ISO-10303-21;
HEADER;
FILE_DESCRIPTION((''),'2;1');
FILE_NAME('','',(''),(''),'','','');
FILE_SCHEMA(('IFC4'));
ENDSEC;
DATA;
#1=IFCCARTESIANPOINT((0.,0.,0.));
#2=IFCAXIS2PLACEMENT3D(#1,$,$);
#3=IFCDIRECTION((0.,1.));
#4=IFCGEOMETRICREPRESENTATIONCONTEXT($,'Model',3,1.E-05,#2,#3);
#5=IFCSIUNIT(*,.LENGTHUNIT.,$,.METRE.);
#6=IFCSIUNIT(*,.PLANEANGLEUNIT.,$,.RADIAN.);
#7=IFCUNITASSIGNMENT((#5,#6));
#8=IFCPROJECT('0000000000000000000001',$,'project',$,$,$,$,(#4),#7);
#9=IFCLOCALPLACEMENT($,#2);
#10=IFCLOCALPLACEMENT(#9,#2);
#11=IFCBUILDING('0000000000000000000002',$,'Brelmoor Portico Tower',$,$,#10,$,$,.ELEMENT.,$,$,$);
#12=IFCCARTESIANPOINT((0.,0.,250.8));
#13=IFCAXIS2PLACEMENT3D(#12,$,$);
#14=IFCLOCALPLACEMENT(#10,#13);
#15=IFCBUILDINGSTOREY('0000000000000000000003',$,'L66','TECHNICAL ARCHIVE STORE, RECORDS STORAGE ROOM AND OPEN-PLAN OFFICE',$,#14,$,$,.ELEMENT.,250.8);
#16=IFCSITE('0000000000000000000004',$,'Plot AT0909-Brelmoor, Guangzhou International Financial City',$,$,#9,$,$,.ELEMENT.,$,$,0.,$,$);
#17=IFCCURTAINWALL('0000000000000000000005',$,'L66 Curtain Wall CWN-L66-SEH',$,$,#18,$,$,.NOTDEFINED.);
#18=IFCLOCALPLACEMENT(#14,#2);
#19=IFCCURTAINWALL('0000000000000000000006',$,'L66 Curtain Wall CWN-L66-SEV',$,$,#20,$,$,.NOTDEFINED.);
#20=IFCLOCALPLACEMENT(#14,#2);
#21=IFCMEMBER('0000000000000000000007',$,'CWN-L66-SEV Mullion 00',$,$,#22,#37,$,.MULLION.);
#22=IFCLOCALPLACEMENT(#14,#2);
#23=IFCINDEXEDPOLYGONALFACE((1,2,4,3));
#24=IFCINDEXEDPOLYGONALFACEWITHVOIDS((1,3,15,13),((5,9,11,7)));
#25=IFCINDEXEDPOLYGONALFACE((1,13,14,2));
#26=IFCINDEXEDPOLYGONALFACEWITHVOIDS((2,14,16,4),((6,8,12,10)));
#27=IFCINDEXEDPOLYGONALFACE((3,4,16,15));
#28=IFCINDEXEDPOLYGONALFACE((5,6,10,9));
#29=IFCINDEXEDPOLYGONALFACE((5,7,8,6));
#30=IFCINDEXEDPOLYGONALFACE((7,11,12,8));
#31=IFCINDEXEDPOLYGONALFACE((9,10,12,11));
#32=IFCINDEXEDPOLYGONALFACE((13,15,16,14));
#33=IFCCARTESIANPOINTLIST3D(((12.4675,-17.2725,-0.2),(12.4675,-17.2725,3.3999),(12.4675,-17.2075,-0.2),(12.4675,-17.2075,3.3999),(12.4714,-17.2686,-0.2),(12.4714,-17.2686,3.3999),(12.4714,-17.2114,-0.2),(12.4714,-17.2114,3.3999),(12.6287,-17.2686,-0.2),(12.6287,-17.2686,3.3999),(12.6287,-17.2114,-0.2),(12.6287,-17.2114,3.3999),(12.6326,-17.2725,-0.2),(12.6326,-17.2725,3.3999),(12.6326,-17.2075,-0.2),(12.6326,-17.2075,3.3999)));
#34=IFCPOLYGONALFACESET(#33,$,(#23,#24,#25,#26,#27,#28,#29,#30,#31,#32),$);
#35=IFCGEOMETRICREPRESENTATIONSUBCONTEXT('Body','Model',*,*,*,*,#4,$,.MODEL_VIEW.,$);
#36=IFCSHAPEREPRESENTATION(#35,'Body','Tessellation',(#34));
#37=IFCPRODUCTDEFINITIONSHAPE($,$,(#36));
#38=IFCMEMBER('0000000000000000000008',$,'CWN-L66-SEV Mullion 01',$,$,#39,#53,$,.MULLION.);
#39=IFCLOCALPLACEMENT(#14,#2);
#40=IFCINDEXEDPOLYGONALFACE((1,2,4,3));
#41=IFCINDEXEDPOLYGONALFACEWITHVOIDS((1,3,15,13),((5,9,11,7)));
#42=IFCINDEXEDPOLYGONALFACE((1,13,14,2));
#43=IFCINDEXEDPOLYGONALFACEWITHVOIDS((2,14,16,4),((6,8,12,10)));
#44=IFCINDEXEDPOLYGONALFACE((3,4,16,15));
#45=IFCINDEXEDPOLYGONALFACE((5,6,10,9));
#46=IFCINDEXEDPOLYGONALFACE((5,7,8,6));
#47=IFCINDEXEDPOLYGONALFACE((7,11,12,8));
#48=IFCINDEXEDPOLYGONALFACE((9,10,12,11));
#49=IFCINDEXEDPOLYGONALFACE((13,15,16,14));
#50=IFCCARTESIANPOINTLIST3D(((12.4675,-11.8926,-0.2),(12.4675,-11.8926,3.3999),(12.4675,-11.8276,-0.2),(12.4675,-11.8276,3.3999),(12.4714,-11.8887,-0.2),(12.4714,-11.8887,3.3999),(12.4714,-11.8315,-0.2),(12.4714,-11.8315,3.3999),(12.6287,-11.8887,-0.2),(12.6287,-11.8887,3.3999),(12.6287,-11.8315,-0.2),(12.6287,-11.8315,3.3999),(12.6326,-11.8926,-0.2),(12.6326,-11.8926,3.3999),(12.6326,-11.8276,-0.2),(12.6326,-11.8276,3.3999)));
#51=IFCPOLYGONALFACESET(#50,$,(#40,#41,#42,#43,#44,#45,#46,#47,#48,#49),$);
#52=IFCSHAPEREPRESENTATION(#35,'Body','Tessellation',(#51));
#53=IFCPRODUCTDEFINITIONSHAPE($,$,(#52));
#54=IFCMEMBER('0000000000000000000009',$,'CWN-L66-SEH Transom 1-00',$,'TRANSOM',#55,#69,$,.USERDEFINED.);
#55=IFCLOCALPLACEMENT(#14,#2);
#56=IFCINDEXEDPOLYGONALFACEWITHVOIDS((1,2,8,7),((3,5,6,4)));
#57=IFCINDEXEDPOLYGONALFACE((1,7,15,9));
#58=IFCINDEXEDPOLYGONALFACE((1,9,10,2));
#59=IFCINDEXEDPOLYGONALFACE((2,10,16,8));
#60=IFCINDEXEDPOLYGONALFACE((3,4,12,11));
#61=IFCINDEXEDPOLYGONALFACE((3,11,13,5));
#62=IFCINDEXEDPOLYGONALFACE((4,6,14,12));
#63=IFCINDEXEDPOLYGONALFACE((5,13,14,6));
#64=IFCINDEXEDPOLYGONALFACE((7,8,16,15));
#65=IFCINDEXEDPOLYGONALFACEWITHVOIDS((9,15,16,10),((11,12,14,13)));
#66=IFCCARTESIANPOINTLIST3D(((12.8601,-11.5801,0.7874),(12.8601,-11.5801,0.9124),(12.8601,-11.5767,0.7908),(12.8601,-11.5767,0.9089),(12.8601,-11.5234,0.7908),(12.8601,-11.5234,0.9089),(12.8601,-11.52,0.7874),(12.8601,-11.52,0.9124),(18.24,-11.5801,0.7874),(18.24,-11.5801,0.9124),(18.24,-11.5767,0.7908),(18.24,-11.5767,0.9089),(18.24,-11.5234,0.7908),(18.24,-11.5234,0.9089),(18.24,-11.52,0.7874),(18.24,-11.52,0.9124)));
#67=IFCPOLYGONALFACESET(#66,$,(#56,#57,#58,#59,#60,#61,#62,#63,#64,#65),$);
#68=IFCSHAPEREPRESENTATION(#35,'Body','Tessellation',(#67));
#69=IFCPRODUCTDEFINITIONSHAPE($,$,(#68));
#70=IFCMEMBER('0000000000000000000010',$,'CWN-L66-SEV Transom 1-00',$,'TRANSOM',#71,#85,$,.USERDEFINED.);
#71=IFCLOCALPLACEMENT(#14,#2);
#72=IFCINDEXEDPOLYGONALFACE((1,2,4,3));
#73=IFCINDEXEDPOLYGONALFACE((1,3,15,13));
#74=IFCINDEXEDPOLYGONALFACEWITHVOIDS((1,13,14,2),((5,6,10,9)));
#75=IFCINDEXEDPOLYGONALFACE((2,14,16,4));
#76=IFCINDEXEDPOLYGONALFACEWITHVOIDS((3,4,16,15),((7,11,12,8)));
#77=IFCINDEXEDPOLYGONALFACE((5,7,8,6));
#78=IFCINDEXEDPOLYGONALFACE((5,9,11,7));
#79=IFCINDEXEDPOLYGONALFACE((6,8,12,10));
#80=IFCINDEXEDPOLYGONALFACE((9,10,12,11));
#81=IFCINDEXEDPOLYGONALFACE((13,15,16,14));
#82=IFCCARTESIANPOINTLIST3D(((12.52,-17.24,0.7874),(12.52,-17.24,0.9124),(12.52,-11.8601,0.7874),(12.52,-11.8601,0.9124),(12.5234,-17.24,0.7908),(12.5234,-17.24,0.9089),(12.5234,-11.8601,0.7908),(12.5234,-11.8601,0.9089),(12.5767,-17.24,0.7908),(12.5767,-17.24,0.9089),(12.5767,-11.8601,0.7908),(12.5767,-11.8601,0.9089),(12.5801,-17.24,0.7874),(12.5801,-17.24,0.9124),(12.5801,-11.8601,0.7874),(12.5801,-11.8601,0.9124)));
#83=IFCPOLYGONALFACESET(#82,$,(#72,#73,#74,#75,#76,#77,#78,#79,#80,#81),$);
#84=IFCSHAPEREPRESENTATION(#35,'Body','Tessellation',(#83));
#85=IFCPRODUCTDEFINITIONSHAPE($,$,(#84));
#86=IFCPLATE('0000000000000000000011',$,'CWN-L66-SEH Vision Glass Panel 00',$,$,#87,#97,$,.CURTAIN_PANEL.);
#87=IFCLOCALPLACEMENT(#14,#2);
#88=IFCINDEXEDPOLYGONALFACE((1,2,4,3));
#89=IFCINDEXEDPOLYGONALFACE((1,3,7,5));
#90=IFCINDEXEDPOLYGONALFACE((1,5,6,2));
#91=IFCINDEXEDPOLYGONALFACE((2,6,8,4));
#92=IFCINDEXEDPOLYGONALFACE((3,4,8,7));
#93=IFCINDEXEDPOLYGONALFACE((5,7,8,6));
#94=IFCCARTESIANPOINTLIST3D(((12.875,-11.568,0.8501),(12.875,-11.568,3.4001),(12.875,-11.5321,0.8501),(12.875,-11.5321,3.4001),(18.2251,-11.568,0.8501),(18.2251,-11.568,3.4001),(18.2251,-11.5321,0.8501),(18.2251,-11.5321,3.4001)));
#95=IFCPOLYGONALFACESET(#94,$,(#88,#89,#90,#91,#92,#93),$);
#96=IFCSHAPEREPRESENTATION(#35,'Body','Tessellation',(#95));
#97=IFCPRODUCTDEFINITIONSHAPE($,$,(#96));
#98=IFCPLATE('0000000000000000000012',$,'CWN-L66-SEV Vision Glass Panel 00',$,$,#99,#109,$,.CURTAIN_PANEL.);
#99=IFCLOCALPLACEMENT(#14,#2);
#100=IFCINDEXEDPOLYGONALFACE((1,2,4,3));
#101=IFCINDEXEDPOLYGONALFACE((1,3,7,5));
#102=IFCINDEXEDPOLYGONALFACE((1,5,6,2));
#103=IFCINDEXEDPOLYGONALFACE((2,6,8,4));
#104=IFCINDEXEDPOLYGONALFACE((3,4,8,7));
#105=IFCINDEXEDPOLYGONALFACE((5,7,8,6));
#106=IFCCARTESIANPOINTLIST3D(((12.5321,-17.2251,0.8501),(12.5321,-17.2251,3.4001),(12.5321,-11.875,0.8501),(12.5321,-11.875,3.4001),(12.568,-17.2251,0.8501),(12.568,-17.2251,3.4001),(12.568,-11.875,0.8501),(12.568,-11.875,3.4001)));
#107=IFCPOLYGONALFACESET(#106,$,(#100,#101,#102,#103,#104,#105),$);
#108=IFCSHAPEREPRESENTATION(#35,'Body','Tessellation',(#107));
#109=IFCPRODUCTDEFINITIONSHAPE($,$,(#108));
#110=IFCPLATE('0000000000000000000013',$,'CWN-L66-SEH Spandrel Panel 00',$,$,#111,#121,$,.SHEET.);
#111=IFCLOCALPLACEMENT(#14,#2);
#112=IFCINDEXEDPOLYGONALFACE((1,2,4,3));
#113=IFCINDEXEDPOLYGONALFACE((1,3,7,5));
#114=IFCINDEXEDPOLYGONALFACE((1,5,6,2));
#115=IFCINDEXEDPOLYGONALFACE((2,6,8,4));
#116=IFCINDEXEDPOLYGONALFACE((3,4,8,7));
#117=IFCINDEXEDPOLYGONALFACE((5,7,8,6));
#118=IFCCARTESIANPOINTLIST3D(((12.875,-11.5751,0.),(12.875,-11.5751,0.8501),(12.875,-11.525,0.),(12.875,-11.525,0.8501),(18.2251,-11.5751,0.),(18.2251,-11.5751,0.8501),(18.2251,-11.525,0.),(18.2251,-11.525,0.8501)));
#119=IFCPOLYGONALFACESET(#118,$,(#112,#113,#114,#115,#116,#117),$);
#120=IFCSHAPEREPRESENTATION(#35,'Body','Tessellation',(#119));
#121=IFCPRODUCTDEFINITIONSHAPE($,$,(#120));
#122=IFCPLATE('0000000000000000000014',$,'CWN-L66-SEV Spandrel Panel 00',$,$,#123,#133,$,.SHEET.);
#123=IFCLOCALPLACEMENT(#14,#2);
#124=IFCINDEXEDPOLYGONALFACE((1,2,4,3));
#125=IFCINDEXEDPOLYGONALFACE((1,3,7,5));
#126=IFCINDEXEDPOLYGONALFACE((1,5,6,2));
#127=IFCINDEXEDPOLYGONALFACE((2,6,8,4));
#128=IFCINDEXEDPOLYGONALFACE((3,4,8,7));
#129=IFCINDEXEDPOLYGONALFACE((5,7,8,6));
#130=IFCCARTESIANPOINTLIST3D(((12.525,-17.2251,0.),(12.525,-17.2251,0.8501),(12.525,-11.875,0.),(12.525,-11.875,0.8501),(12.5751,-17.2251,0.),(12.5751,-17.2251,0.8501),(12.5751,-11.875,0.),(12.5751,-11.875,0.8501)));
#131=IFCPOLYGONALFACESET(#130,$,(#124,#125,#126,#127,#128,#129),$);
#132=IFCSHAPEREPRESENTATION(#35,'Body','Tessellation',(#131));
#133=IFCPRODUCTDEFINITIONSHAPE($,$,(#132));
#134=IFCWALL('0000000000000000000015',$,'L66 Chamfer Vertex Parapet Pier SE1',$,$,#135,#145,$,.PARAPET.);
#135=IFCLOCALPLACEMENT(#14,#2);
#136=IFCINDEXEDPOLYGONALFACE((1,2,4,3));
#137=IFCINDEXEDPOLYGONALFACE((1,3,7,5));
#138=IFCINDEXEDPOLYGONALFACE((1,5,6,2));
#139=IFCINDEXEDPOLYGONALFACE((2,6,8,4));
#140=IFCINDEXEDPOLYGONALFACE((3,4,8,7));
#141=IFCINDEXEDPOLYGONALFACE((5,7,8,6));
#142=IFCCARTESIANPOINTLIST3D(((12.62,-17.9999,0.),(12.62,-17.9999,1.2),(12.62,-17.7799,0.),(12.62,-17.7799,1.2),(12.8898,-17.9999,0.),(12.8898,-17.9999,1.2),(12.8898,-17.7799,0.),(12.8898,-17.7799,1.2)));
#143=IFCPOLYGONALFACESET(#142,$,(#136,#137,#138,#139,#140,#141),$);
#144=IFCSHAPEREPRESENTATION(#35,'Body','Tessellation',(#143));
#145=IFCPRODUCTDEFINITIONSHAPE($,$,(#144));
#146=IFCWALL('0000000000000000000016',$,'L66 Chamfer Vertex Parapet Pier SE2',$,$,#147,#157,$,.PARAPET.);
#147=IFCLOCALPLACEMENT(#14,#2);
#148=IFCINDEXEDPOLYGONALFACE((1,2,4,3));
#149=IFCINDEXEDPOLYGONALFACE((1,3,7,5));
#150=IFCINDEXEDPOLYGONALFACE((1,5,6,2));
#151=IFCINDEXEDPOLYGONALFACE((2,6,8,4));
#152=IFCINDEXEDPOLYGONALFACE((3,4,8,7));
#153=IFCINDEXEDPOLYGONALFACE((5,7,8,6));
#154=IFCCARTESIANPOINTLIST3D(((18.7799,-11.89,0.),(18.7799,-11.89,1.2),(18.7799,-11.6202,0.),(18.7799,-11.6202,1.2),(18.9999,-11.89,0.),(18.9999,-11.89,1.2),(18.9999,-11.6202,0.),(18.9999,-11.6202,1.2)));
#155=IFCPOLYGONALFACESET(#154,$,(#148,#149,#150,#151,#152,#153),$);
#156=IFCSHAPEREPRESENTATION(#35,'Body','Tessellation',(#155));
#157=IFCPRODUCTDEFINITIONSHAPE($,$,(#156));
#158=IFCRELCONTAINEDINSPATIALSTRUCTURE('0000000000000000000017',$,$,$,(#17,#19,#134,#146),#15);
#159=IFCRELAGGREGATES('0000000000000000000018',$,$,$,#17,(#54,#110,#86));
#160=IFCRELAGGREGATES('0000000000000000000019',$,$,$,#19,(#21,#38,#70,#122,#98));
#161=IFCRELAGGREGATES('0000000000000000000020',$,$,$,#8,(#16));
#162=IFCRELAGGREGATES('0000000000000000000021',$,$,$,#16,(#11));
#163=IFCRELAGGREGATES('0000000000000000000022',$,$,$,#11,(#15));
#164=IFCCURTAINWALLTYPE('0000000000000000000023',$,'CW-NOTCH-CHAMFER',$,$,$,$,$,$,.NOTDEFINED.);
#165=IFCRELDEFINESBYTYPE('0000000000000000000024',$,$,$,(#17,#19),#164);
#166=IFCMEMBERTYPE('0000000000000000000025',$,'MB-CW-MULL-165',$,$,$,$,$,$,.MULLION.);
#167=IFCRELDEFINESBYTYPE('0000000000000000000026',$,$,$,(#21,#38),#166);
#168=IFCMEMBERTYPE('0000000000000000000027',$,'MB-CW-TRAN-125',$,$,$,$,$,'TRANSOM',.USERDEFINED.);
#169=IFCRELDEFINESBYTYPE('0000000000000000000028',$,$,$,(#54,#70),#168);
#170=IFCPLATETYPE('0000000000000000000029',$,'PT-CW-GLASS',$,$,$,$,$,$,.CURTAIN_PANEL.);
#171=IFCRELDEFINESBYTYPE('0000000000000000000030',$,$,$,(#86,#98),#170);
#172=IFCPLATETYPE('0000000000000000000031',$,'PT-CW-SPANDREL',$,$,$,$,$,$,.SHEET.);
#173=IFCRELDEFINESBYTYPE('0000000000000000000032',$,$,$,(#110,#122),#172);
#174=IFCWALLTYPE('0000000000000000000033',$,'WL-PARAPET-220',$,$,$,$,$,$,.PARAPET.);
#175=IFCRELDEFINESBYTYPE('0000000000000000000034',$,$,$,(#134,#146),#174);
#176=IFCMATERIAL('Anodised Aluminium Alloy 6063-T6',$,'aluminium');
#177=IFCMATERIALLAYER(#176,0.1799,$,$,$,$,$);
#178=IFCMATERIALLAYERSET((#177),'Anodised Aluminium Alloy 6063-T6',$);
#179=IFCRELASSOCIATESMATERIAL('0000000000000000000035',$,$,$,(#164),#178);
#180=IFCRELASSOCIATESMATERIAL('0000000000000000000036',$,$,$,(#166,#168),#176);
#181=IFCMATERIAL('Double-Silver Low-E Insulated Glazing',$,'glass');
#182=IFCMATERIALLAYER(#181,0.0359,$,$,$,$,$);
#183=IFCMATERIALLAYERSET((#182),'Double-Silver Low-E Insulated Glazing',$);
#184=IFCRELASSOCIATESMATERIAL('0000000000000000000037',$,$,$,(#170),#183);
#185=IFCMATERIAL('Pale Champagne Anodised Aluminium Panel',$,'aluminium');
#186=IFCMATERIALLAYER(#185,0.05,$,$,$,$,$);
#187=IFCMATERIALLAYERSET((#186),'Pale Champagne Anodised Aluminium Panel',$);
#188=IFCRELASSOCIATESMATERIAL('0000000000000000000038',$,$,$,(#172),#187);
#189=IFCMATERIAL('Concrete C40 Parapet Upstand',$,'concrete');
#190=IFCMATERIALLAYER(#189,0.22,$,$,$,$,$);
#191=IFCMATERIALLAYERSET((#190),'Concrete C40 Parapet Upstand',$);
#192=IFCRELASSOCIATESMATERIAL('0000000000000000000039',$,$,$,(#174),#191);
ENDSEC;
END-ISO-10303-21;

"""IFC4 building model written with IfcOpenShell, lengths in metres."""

from ifc_helpers import new_model, si_unit, direction, frame, frame_2d, origin, origin_2d, place, context, subcontext, project, spatial, rectangle, hollow_rectangle, extrude, material, layer, layer_set, material_profile, profile_set, type_object, element, aggregate, save


model = new_model("IFC4")

# Units and contexts
model_context = context("Model", 3, precision=1e-05, world=origin(), true_north=direction((0.0, 1.0)))
body_context = subcontext(model_context, "Body", "Model", "MODEL_VIEW")
ifc_project = project(units=[si_unit("LENGTHUNIT", "METRE"), si_unit("PLANEANGLEUNIT", "RADIAN")], contexts=[model_context])

# Site, building, storey
site_placement = place(None, origin())
site = spatial("IfcSite", under=ifc_project, at=site_placement, Name="Plot AT0909-Brelmoor, Guangzhou International Financial City", CompositionType="ELEMENT", RefElevation=0.0)
building_placement = place(site_placement, origin())
building = spatial("IfcBuilding", under=site, at=building_placement, Name="Brelmoor Portico Tower", CompositionType="ELEMENT")
storey_placement = place(building_placement, frame((0.0, 0.0, 250.8)))
storey = spatial("IfcBuildingStorey", under=building, at=storey_placement, Name="L66", Description="TECHNICAL ARCHIVE STORE, RECORDS STORAGE ROOM AND OPEN-PLAN OFFICE", CompositionType="ELEMENT", Elevation=250.8)

# Shared definitions
ifc_material_1 = material(Name="Anodised Aluminium Alloy 6063-T6", Category="aluminium")

# Curtain walls, members
ifc_layer_1 = layer(ifc_material_1, 0.1799)
ifc_layer_set_1 = layer_set([ifc_layer_1], Name="Anodised Aluminium Alloy 6063-T6")
curtain_wall_type_1 = type_object("IfcCurtainWallType", Name="CW-NOTCH-CHAMFER", PredefinedType="NOTDEFINED", material=ifc_layer_set_1)
curtain_wall_1_placement = place(storey_placement, origin())
curtain_wall_1 = element("IfcCurtainWall", 1, at=curtain_wall_1_placement, inside=storey, type_object=curtain_wall_type_1, Name="L66 Curtain Wall CWN-L66-SEH", PredefinedType="NOTDEFINED")
ifc_material_profile_1 = material_profile(ifc_material_1, hollow_rectangle(XDim=0.0649, YDim=0.165, WallThickness=0.0039, at=origin_2d()), Name="ALU MULLION 65x165")
ifc_profile_set_1 = profile_set([ifc_material_profile_1], Name="Anodised Aluminium Alloy 6063-T6")
member_type_1 = type_object("IfcMemberType", Name="MB-CW-MULL-165", PredefinedType="MULLION", material=ifc_profile_set_1)
curtain_wall_2_placement = place(storey_placement, origin())
curtain_wall_2 = element("IfcCurtainWall", 2, at=curtain_wall_2_placement, inside=storey, type_object=curtain_wall_type_1, Name="L66 Curtain Wall CWN-L66-SEV", PredefinedType="NOTDEFINED")
member_1_placement = place(storey_placement, frame((12.55, -17.24, -0.2), z_axis=(0.0, 0.0, 1.0), x_axis=(0.0, 1.0, 0.0)))
member_1 = element("IfcMember", 3, at=member_1_placement, type_object=member_type_1, Name="CWN-L66-SEV Mullion 00", PredefinedType="MULLION", context=body_context, shape_type="SweptSolid", body=[
    extrude(hollow_rectangle(XDim=0.0649, YDim=0.165, WallThickness=0.0039, at=origin_2d()), origin(), (0.0, 0.0, 1.0), 3.5999),
])
member_2_placement = place(storey_placement, frame((12.55, -11.8601, -0.2), z_axis=(0.0, 0.0, 1.0), x_axis=(0.0, 1.0, 0.0)))
member_2 = element("IfcMember", 4, at=member_2_placement, type_object=member_type_1, Name="CWN-L66-SEV Mullion 01", PredefinedType="MULLION", context=body_context, shape_type="SweptSolid", body=[
    extrude(hollow_rectangle(XDim=0.0649, YDim=0.165, WallThickness=0.0039, at=origin_2d()), origin(), (0.0, 0.0, 1.0), 3.5999),
])

# Members
ifc_material_profile_2 = material_profile(ifc_material_1, hollow_rectangle(XDim=0.0601, YDim=0.125, WallThickness=0.0034, at=origin_2d()), Name="ALU TRANSOM 60x125")
ifc_profile_set_2 = profile_set([ifc_material_profile_2], Name="Anodised Aluminium Alloy 6063-T6")
member_type_2 = type_object("IfcMemberType", Name="MB-CW-TRAN-125", ElementType="TRANSOM", PredefinedType="USERDEFINED", material=ifc_profile_set_2)
member_3_placement = place(storey_placement, frame((12.8601, -11.55, 0.8499), z_axis=(1.0, 0.0, 0.0), x_axis=(0.0, 1.0, 0.0)))
member_3 = element("IfcMember", 5, at=member_3_placement, type_object=member_type_2, Name="CWN-L66-SEH Transom 1-00", ObjectType="TRANSOM", PredefinedType="USERDEFINED", context=body_context, shape_type="SweptSolid", body=[
    extrude(hollow_rectangle(XDim=0.0601, YDim=0.125, WallThickness=0.0034, at=origin_2d()), origin(), (0.0, 0.0, 1.0), 5.3799),
])
member_4_placement = place(storey_placement, frame((12.55, -17.24, 0.8499), z_axis=(0.0, 1.0, 0.0), x_axis=(-1.0, 0.0, 0.0)))
member_4 = element("IfcMember", 6, at=member_4_placement, type_object=member_type_2, Name="CWN-L66-SEV Transom 1-00", ObjectType="TRANSOM", PredefinedType="USERDEFINED", context=body_context, shape_type="SweptSolid", body=[
    extrude(hollow_rectangle(XDim=0.0601, YDim=0.125, WallThickness=0.0034, at=origin_2d()), origin(), (0.0, 0.0, 1.0), 5.3799),
])

# Plates
ifc_material_2 = material(Name="Double-Silver Low-E Insulated Glazing", Category="glass")
ifc_layer_2 = layer(ifc_material_2, 0.0359)
ifc_layer_set_2 = layer_set([ifc_layer_2], Name="Double-Silver Low-E Insulated Glazing")
plate_type_1 = type_object("IfcPlateType", Name="PT-CW-GLASS", PredefinedType="CURTAIN_PANEL", material=ifc_layer_set_2)
plate_1_placement = place(storey_placement, frame((15.55, -11.55, 0.8501), z_axis=(0.0, 0.0, 1.0), x_axis=(1.0, 0.0, 0.0)))
plate_1 = element("IfcPlate", 7, at=plate_1_placement, type_object=plate_type_1, Name="CWN-L66-SEH Vision Glass Panel 00", PredefinedType="CURTAIN_PANEL", context=body_context, shape_type="SweptSolid", body=[
    extrude(rectangle(XDim=5.3501, YDim=0.0359, at=origin_2d()), origin(), (0.0, 0.0, 1.0), 2.55),
])
plate_2_placement = place(storey_placement, frame((12.55, -14.55, 0.8501), z_axis=(0.0, 0.0, 1.0), x_axis=(0.0, 1.0, 0.0)))
plate_2 = element("IfcPlate", 8, at=plate_2_placement, type_object=plate_type_1, Name="CWN-L66-SEV Vision Glass Panel 00", PredefinedType="CURTAIN_PANEL", context=body_context, shape_type="SweptSolid", body=[
    extrude(rectangle(XDim=5.3501, YDim=0.0359, at=origin_2d()), origin(), (0.0, 0.0, 1.0), 2.55),
])
ifc_material_3 = material(Name="Pale Champagne Anodised Aluminium Panel", Category="aluminium")
ifc_layer_3 = layer(ifc_material_3, 0.05)
ifc_layer_set_3 = layer_set([ifc_layer_3], Name="Pale Champagne Anodised Aluminium Panel")
plate_type_2 = type_object("IfcPlateType", Name="PT-CW-SPANDREL", PredefinedType="SHEET", material=ifc_layer_set_3)
plate_3_placement = place(storey_placement, frame((15.55, -11.55, 0.0), z_axis=(0.0, 0.0, 1.0), x_axis=(1.0, 0.0, 0.0)))
plate_3 = element("IfcPlate", 9, at=plate_3_placement, type_object=plate_type_2, Name="CWN-L66-SEH Spandrel Panel 00", PredefinedType="SHEET", context=body_context, shape_type="SweptSolid", body=[
    extrude(rectangle(XDim=5.3501, YDim=0.05, at=origin_2d()), origin(), (0.0, 0.0, 1.0), 0.8501),
])
aggregate(curtain_wall_1, [member_3, plate_3, plate_1])
plate_4_placement = place(storey_placement, frame((12.55, -14.55, 0.0), z_axis=(0.0, 0.0, 1.0), x_axis=(0.0, 1.0, 0.0)))
plate_4 = element("IfcPlate", 10, at=plate_4_placement, type_object=plate_type_2, Name="CWN-L66-SEV Spandrel Panel 00", PredefinedType="SHEET", context=body_context, shape_type="SweptSolid", body=[
    extrude(rectangle(XDim=5.3501, YDim=0.05, at=origin_2d()), origin(), (0.0, 0.0, 1.0), 0.8501),
])
aggregate(curtain_wall_2, [member_1, member_2, member_4, plate_4, plate_2])

# Walls
ifc_material_4 = material(Name="Concrete C40 Parapet Upstand", Category="concrete")
ifc_layer_4 = layer(ifc_material_4, 0.22)
ifc_layer_set_4 = layer_set([ifc_layer_4], Name="Concrete C40 Parapet Upstand")
wall_type = type_object("IfcWallType", Name="WL-PARAPET-220", PredefinedType="PARAPET", material=ifc_layer_set_4)
for number, where, z_axis, x_axis, name in (
    (11, (12.6201, -17.8899, 0.0), (0.0, 0.0, 1.0), (1.0, 0.0, 0.0), "L66 Chamfer Vertex Parapet Pier SE1"),
    (12, (18.8899, -11.8899, 0.0), (0.0, 0.0, 1.0), (0.0, 1.0, 0.0), "L66 Chamfer Vertex Parapet Pier SE2"),
):
    element("IfcWall", number, at=place(storey_placement, frame(where, z_axis=z_axis, x_axis=x_axis)), inside=storey, type_object=wall_type, Name=name, PredefinedType="PARAPET", context=body_context, shape_type="SweptSolid", body=[
        extrude(rectangle(XDim=0.2698, YDim=0.22, at=frame_2d((0.1348, 0.0))), origin(), (0.0, 0.0, 1.0), 1.2),
    ])

save(model, "model.ifc")
